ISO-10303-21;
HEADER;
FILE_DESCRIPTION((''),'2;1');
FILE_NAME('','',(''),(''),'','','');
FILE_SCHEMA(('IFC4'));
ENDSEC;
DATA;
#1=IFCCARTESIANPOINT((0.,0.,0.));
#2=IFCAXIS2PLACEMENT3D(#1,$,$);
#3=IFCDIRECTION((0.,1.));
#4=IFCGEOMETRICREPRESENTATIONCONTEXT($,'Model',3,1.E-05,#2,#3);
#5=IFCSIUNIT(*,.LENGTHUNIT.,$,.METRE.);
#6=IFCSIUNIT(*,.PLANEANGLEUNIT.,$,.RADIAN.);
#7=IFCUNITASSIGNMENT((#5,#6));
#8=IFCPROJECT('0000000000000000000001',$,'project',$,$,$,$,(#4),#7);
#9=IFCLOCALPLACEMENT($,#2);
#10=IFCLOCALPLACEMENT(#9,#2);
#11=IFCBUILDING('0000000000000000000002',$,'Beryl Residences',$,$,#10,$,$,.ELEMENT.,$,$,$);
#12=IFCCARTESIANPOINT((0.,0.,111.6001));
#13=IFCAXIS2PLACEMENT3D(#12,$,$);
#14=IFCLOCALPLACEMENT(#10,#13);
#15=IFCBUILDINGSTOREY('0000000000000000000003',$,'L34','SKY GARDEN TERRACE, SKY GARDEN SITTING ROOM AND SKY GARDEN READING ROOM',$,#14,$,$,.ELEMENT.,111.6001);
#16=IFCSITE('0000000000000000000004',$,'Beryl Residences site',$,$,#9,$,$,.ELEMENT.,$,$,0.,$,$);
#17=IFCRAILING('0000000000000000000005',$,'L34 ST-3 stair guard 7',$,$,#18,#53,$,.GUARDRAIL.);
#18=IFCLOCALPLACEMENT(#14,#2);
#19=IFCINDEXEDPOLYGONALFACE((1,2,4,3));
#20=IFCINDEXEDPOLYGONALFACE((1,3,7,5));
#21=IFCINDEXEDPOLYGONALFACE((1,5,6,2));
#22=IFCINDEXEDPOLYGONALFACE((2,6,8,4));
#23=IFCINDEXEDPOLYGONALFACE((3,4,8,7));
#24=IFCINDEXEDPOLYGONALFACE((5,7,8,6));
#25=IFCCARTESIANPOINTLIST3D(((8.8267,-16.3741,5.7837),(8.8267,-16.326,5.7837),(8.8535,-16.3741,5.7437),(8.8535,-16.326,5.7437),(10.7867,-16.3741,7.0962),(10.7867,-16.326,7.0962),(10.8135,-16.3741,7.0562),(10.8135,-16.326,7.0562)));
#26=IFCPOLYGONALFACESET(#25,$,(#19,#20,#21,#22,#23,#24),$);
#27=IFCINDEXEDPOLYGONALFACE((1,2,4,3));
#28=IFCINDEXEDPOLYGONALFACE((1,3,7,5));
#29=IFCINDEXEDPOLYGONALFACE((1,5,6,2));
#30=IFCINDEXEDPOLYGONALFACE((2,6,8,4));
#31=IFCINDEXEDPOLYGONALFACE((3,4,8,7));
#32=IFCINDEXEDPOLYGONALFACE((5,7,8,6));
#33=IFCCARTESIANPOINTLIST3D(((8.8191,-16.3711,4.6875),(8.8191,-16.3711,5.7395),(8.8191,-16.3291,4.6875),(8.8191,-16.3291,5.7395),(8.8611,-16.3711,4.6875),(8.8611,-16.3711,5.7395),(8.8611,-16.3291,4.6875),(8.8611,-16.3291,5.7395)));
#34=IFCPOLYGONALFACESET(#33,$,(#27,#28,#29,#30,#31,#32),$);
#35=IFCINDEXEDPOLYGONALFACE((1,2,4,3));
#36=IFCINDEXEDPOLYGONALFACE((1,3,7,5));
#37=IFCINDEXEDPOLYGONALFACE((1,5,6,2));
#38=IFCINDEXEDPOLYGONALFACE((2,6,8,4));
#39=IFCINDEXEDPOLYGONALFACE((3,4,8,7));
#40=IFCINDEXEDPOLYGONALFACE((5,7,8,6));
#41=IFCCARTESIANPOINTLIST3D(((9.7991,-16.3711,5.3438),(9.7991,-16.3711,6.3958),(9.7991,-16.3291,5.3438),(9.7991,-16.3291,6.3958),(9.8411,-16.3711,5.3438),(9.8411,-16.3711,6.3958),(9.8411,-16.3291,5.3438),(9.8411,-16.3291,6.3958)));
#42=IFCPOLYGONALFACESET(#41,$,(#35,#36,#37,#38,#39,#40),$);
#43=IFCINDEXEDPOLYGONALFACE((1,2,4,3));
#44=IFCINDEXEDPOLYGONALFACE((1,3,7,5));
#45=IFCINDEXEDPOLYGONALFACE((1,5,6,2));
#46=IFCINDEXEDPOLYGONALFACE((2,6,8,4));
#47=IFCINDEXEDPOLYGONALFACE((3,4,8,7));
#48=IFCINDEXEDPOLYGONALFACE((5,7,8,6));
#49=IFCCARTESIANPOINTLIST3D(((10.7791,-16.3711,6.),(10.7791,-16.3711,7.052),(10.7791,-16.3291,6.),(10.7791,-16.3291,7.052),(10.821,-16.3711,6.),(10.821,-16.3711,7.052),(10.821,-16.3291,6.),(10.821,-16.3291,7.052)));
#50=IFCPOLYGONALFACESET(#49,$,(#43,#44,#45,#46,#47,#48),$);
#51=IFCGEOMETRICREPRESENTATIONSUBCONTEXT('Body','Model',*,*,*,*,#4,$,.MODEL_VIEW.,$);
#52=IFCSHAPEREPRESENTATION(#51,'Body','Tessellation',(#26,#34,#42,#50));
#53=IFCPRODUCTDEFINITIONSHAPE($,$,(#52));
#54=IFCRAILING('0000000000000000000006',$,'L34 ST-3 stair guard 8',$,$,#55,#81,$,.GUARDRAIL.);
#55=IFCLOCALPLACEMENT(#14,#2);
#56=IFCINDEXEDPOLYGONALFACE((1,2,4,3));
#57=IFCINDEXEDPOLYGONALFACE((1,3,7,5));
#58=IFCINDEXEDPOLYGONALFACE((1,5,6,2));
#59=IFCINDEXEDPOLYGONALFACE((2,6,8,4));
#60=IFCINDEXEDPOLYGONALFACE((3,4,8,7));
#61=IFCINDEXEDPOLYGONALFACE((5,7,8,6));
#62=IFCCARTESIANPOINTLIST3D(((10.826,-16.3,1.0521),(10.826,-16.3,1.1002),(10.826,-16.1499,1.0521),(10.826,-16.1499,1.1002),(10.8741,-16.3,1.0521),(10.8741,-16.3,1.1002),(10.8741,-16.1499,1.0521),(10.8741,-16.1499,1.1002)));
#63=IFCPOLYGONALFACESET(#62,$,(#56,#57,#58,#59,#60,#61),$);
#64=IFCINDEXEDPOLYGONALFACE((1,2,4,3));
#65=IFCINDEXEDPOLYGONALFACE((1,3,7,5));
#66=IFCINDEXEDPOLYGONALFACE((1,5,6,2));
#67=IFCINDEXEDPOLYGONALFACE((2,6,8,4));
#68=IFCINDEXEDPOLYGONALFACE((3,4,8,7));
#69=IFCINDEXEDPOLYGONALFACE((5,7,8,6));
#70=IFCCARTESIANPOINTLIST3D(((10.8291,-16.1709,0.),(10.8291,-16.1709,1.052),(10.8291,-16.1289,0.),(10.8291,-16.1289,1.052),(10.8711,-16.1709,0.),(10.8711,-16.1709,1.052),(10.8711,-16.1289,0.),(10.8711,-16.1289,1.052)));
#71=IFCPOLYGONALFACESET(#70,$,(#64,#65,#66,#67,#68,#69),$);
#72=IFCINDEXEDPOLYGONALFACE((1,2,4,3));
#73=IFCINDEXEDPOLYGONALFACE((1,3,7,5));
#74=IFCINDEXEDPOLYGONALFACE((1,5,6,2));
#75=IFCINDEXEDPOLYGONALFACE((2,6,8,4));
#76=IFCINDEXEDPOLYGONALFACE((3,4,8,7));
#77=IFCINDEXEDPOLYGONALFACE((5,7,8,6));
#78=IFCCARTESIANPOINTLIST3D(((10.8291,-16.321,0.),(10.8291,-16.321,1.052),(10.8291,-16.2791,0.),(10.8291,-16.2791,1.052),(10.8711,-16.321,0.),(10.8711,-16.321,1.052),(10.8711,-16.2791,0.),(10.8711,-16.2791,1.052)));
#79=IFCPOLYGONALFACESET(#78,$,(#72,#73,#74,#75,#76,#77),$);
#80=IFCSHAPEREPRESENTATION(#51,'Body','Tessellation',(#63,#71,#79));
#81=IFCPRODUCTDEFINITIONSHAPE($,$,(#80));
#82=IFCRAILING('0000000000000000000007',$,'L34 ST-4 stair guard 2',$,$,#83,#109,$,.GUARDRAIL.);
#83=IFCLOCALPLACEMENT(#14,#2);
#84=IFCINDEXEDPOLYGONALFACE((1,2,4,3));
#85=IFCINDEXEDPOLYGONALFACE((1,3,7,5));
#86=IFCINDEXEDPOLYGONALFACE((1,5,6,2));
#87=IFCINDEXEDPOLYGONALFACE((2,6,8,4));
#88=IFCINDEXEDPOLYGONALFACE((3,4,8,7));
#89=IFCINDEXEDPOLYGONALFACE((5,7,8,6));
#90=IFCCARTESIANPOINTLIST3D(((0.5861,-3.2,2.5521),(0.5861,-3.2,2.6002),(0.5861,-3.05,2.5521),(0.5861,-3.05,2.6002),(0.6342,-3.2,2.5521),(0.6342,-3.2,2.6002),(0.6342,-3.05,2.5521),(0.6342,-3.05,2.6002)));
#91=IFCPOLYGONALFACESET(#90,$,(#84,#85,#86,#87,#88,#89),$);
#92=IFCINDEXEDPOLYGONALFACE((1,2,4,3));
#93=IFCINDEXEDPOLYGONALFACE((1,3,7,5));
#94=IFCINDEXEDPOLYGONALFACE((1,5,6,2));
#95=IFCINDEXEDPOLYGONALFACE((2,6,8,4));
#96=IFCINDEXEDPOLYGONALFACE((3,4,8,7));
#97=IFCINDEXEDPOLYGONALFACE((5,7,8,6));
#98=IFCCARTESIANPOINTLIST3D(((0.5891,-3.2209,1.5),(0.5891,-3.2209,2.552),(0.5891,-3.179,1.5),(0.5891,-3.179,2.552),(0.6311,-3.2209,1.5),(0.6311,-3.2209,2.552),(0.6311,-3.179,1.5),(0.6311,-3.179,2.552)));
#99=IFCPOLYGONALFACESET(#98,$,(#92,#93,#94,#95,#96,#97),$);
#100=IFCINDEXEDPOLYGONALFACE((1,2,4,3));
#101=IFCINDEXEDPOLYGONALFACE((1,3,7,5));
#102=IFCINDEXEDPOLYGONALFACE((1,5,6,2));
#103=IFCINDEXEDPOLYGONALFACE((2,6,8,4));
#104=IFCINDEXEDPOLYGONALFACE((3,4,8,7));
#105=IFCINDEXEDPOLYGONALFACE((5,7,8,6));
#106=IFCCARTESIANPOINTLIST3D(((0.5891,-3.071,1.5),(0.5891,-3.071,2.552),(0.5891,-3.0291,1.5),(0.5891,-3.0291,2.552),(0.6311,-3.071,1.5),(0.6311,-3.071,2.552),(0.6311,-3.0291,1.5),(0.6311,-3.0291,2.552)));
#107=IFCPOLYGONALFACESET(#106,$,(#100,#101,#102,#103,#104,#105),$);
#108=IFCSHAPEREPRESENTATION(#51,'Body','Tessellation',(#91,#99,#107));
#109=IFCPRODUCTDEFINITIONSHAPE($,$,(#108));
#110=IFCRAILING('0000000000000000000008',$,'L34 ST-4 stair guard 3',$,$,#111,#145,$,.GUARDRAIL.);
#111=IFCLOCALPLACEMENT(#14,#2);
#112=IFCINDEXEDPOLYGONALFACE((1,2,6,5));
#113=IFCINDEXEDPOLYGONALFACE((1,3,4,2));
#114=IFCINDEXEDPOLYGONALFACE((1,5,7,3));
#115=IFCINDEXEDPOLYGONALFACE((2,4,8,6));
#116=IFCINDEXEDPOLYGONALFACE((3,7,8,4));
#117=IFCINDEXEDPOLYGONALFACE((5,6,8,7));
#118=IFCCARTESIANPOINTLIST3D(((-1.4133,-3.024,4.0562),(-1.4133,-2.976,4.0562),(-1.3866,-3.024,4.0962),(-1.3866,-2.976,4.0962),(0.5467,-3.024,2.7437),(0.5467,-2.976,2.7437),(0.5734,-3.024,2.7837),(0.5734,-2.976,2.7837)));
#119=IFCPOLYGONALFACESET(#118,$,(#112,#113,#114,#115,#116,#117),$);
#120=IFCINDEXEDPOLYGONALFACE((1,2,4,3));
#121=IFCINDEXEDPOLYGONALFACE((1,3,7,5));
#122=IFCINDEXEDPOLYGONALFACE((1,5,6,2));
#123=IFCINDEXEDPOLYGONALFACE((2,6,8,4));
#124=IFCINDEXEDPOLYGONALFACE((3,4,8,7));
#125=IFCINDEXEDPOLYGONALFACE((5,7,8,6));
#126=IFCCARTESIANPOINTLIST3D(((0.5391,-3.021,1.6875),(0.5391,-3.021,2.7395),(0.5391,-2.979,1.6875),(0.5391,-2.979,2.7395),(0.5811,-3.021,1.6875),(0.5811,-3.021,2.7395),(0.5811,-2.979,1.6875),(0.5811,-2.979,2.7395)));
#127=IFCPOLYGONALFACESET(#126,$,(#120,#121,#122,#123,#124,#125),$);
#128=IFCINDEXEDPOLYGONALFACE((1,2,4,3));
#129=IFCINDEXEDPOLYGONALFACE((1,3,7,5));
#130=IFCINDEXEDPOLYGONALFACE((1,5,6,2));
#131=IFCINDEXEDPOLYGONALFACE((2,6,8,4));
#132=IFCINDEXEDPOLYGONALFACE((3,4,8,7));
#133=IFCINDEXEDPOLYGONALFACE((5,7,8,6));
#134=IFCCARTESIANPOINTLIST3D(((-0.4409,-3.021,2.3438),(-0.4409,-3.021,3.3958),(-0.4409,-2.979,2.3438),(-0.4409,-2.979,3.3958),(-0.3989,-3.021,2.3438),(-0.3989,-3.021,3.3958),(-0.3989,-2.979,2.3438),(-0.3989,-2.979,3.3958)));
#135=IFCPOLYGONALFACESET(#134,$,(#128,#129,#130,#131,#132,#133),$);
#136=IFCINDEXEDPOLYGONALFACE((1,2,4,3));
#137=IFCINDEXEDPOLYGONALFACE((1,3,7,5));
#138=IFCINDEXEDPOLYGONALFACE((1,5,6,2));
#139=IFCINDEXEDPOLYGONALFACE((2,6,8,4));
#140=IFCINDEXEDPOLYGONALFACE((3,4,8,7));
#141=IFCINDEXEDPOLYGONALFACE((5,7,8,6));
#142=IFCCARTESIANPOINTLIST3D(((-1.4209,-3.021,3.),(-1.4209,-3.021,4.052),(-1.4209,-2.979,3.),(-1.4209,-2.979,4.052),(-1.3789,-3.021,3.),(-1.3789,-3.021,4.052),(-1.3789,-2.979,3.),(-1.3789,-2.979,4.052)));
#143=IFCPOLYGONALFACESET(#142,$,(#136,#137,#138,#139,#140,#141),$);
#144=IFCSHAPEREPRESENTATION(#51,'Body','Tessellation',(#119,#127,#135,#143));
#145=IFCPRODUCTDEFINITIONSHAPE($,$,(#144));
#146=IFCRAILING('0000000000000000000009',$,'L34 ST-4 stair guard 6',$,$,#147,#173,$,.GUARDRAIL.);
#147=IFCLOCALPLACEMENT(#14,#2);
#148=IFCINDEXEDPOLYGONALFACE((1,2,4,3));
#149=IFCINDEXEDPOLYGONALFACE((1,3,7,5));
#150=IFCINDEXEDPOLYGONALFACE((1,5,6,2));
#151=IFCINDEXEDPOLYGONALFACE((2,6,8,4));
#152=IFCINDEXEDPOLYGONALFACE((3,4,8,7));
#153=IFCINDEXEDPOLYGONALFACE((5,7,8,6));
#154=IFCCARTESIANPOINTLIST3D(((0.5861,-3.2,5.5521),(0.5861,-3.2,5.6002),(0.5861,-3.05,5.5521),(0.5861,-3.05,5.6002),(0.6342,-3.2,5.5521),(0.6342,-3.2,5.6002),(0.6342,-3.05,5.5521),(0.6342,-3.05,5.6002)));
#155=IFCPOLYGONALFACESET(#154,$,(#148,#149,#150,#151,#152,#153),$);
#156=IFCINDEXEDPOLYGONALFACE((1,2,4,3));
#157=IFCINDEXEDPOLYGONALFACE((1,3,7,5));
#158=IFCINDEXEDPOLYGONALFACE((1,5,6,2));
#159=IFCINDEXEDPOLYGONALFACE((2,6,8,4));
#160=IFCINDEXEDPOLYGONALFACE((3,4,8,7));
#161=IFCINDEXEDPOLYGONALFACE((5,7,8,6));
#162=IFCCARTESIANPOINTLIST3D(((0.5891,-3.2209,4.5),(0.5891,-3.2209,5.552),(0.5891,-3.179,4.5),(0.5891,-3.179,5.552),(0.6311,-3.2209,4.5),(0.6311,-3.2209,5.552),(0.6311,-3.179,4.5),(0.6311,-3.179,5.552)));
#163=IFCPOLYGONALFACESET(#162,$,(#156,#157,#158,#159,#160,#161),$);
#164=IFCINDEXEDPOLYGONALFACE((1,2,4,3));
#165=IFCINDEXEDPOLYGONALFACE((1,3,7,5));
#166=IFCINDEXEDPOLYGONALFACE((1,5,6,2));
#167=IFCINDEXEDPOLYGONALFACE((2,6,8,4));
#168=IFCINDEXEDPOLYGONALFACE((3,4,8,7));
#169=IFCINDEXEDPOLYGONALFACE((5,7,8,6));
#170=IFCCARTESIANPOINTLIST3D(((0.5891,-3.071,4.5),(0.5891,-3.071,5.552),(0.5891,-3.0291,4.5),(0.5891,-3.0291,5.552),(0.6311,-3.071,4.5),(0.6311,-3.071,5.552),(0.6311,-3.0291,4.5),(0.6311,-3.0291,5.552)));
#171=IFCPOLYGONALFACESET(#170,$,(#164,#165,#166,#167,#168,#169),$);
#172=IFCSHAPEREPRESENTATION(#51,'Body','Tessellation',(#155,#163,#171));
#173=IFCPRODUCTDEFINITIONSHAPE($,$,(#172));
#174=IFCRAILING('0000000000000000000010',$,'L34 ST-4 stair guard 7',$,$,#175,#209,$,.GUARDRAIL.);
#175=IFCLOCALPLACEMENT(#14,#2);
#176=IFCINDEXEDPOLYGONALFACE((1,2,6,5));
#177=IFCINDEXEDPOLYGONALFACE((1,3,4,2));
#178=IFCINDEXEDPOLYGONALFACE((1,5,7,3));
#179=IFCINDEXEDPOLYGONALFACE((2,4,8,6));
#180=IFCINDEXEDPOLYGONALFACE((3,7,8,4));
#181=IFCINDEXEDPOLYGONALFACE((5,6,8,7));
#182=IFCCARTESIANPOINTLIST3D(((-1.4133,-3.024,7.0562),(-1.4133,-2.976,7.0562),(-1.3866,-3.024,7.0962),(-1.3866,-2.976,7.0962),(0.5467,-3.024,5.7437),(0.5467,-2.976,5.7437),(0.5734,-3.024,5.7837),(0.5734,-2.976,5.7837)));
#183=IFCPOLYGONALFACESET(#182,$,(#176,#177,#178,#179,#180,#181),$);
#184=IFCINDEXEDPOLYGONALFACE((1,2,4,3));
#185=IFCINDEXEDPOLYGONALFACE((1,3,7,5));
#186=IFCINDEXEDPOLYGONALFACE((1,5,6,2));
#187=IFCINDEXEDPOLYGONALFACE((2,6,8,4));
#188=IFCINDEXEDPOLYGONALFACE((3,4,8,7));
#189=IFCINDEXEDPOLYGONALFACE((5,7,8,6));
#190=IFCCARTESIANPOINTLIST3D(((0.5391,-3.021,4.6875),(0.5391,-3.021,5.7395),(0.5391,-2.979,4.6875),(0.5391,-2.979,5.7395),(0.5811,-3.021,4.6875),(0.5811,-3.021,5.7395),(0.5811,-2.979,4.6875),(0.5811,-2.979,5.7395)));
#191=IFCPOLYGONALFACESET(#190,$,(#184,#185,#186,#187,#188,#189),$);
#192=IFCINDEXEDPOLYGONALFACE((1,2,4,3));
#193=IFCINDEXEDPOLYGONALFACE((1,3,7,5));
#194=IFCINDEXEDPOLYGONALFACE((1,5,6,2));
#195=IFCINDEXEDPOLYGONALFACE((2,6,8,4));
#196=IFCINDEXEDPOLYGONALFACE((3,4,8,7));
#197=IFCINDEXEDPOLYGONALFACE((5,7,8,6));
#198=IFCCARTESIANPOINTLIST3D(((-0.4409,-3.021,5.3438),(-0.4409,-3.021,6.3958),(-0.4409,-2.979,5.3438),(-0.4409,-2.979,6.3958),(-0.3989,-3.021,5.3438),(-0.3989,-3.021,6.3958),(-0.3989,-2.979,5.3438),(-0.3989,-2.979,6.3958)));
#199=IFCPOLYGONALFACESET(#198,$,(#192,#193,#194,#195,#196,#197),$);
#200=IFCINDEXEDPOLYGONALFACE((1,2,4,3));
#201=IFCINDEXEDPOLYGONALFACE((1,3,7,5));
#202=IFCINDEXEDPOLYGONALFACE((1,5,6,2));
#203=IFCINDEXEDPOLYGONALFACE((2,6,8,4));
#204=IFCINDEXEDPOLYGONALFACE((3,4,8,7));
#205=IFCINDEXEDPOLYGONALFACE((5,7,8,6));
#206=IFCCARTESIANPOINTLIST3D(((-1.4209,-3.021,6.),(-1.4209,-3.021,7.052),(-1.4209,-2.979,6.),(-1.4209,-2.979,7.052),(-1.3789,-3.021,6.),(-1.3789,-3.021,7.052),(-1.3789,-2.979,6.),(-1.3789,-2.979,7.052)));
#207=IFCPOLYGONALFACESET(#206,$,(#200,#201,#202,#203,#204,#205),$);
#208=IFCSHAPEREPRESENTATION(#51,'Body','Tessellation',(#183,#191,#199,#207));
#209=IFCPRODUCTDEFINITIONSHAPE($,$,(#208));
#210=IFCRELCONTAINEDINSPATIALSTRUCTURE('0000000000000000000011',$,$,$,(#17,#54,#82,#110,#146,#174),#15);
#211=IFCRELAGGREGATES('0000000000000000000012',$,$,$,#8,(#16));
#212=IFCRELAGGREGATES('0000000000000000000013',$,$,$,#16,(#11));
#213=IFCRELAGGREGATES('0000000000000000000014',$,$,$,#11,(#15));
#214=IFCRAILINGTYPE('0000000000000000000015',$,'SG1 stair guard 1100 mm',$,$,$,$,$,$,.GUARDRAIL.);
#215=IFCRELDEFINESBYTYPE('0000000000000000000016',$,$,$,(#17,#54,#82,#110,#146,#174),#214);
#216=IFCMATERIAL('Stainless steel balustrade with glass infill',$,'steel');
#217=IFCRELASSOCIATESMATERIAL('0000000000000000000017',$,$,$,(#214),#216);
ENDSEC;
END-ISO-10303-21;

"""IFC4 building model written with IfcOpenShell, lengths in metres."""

from ifc_helpers import new_model, si_unit, direction, frame, origin, origin_2d, place, context, subcontext, project, spatial, rectangle, extrude, material, type_object, element, save


model = new_model("IFC4")

# Units and contexts
model_context = context("Model", 3, precision=1e-05, world=origin(), true_north=direction((0.0, 1.0)))
body_context = subcontext(model_context, "Body", "Model", "MODEL_VIEW")
ifc_project = project(units=[si_unit("LENGTHUNIT", "METRE"), si_unit("PLANEANGLEUNIT", "RADIAN")], contexts=[model_context])

# Site, building, storey
site_placement = place(None, origin())
site = spatial("IfcSite", under=ifc_project, at=site_placement, Name="Beryl Residences site", CompositionType="ELEMENT", RefElevation=0.0)
building_placement = place(site_placement, origin())
building = spatial("IfcBuilding", under=site, at=building_placement, Name="Beryl Residences", CompositionType="ELEMENT")
storey_placement = place(building_placement, frame((0.0, 0.0, 111.6001)))
storey = spatial("IfcBuildingStorey", under=building, at=storey_placement, Name="L34", Description="SKY GARDEN TERRACE, SKY GARDEN SITTING ROOM AND SKY GARDEN READING ROOM", CompositionType="ELEMENT", Elevation=111.6001)

# Railings
ifc_material_1 = material(Name="Stainless steel balustrade with glass infill", Category="steel")
railing_type_1 = type_object("IfcRailingType", Name="SG1 stair guard 1100 mm", PredefinedType="GUARDRAIL", material=ifc_material_1)
railing_1_placement = place(storey_placement, frame((8.8401, -16.3501, 4.6875)))
element("IfcRailing", 1, at=railing_1_placement, inside=storey, type_object=railing_type_1, Name="L34 ST-3 stair guard 7", PredefinedType="GUARDRAIL", context=body_context, shape_type="SweptSolid", body=[
    extrude(rectangle(XDim=0.0481, YDim=0.0481, at=origin_2d()), frame((0.0, 0.0, 1.0762), z_axis=(0.830902, 0.0, 0.556419), x_axis=(0.0, 1.0, 0.0)), (0.0, 0.0, 1.0), 2.3589),
    extrude(rectangle(XDim=0.042, YDim=0.042, at=origin_2d()), origin(), (0.0, 0.0, 1.0), 1.052),
    extrude(rectangle(XDim=0.042, YDim=0.042, at=origin_2d()), frame((0.98, 0.0, 0.6562)), (0.0, 0.0, 1.0), 1.052),
    extrude(rectangle(XDim=0.042, YDim=0.042, at=origin_2d()), frame((1.96, 0.0, 1.3125)), (0.0, 0.0, 1.0), 1.052),
])
railing_2_placement = place(storey_placement, frame((10.8501, -16.1499, 0.0)))
element("IfcRailing", 2, at=railing_2_placement, inside=storey, type_object=railing_type_1, Name="L34 ST-3 stair guard 8", PredefinedType="GUARDRAIL", context=body_context, shape_type="SweptSolid", body=[
    extrude(rectangle(XDim=0.0481, YDim=0.0481, at=origin_2d()), frame((0.0, 0.0, 1.0762), z_axis=(0.0, -1.0, 0.0), x_axis=(1.0, 0.0, 0.0)), (0.0, 0.0, 1.0), 0.1501),
    extrude(rectangle(XDim=0.042, YDim=0.042, at=origin_2d()), origin(), (0.0, 0.0, 1.0), 1.052),
    extrude(rectangle(XDim=0.042, YDim=0.042, at=origin_2d()), frame((0.0, -0.1501, 0.0)), (0.0, 0.0, 1.0), 1.052),
])
railing_3_placement = place(storey_placement, frame((0.6101, -3.2, 1.5)))
element("IfcRailing", 3, at=railing_3_placement, inside=storey, type_object=railing_type_1, Name="L34 ST-4 stair guard 2", PredefinedType="GUARDRAIL", context=body_context, shape_type="SweptSolid", body=[
    extrude(rectangle(XDim=0.0481, YDim=0.0481, at=origin_2d()), frame((0.0, 0.0, 1.0762), z_axis=(0.0, 1.0, 0.0), x_axis=(-1.0, 0.0, 0.0)), (0.0, 0.0, 1.0), 0.1499),
    extrude(rectangle(XDim=0.042, YDim=0.042, at=origin_2d()), origin(), (0.0, 0.0, 1.0), 1.052),
    extrude(rectangle(XDim=0.042, YDim=0.042, at=origin_2d()), frame((0.0, 0.1499, 0.0)), (0.0, 0.0, 1.0), 1.052),
])
railing_4_placement = place(storey_placement, frame((0.5601, -3.0, 1.6875)))
element("IfcRailing", 4, at=railing_4_placement, inside=storey, type_object=railing_type_1, Name="L34 ST-4 stair guard 3", PredefinedType="GUARDRAIL", context=body_context, shape_type="SweptSolid", body=[
    extrude(rectangle(XDim=0.0481, YDim=0.0481, at=origin_2d()), frame((0.0, 0.0, 1.0762), z_axis=(-0.830902, 0.0, 0.556419), x_axis=(0.0, -1.0, 0.0)), (0.0, 0.0, 1.0), 2.3589),
    extrude(rectangle(XDim=0.042, YDim=0.042, at=origin_2d()), origin(), (0.0, 0.0, 1.0), 1.052),
    extrude(rectangle(XDim=0.042, YDim=0.042, at=origin_2d()), frame((-0.98, 0.0, 0.6562)), (0.0, 0.0, 1.0), 1.052),
    extrude(rectangle(XDim=0.042, YDim=0.042, at=origin_2d()), frame((-1.96, 0.0, 1.3125)), (0.0, 0.0, 1.0), 1.052),
])
railing_5_placement = place(storey_placement, frame((0.6101, -3.2, 4.5)))
element("IfcRailing", 5, at=railing_5_placement, inside=storey, type_object=railing_type_1, Name="L34 ST-4 stair guard 6", PredefinedType="GUARDRAIL", context=body_context, shape_type="SweptSolid", body=[
    extrude(rectangle(XDim=0.0481, YDim=0.0481, at=origin_2d()), frame((0.0, 0.0, 1.0762), z_axis=(0.0, 1.0, 0.0), x_axis=(-1.0, 0.0, 0.0)), (0.0, 0.0, 1.0), 0.1499),
    extrude(rectangle(XDim=0.042, YDim=0.042, at=origin_2d()), origin(), (0.0, 0.0, 1.0), 1.052),
    extrude(rectangle(XDim=0.042, YDim=0.042, at=origin_2d()), frame((0.0, 0.1499, 0.0)), (0.0, 0.0, 1.0), 1.052),
])
railing_6_placement = place(storey_placement, frame((0.5601, -3.0, 4.6875)))
element("IfcRailing", 6, at=railing_6_placement, inside=storey, type_object=railing_type_1, Name="L34 ST-4 stair guard 7", PredefinedType="GUARDRAIL", context=body_context, shape_type="SweptSolid", body=[
    extrude(rectangle(XDim=0.0481, YDim=0.0481, at=origin_2d()), frame((0.0, 0.0, 1.0762), z_axis=(-0.830902, 0.0, 0.556419), x_axis=(0.0, -1.0, 0.0)), (0.0, 0.0, 1.0), 2.3589),
    extrude(rectangle(XDim=0.042, YDim=0.042, at=origin_2d()), origin(), (0.0, 0.0, 1.0), 1.052),
    extrude(rectangle(XDim=0.042, YDim=0.042, at=origin_2d()), frame((-0.98, 0.0, 0.6562)), (0.0, 0.0, 1.0), 1.052),
    extrude(rectangle(XDim=0.042, YDim=0.042, at=origin_2d()), frame((-1.96, 0.0, 1.3125)), (0.0, 0.0, 1.0), 1.052),
])

save(model, "model.ifc")
